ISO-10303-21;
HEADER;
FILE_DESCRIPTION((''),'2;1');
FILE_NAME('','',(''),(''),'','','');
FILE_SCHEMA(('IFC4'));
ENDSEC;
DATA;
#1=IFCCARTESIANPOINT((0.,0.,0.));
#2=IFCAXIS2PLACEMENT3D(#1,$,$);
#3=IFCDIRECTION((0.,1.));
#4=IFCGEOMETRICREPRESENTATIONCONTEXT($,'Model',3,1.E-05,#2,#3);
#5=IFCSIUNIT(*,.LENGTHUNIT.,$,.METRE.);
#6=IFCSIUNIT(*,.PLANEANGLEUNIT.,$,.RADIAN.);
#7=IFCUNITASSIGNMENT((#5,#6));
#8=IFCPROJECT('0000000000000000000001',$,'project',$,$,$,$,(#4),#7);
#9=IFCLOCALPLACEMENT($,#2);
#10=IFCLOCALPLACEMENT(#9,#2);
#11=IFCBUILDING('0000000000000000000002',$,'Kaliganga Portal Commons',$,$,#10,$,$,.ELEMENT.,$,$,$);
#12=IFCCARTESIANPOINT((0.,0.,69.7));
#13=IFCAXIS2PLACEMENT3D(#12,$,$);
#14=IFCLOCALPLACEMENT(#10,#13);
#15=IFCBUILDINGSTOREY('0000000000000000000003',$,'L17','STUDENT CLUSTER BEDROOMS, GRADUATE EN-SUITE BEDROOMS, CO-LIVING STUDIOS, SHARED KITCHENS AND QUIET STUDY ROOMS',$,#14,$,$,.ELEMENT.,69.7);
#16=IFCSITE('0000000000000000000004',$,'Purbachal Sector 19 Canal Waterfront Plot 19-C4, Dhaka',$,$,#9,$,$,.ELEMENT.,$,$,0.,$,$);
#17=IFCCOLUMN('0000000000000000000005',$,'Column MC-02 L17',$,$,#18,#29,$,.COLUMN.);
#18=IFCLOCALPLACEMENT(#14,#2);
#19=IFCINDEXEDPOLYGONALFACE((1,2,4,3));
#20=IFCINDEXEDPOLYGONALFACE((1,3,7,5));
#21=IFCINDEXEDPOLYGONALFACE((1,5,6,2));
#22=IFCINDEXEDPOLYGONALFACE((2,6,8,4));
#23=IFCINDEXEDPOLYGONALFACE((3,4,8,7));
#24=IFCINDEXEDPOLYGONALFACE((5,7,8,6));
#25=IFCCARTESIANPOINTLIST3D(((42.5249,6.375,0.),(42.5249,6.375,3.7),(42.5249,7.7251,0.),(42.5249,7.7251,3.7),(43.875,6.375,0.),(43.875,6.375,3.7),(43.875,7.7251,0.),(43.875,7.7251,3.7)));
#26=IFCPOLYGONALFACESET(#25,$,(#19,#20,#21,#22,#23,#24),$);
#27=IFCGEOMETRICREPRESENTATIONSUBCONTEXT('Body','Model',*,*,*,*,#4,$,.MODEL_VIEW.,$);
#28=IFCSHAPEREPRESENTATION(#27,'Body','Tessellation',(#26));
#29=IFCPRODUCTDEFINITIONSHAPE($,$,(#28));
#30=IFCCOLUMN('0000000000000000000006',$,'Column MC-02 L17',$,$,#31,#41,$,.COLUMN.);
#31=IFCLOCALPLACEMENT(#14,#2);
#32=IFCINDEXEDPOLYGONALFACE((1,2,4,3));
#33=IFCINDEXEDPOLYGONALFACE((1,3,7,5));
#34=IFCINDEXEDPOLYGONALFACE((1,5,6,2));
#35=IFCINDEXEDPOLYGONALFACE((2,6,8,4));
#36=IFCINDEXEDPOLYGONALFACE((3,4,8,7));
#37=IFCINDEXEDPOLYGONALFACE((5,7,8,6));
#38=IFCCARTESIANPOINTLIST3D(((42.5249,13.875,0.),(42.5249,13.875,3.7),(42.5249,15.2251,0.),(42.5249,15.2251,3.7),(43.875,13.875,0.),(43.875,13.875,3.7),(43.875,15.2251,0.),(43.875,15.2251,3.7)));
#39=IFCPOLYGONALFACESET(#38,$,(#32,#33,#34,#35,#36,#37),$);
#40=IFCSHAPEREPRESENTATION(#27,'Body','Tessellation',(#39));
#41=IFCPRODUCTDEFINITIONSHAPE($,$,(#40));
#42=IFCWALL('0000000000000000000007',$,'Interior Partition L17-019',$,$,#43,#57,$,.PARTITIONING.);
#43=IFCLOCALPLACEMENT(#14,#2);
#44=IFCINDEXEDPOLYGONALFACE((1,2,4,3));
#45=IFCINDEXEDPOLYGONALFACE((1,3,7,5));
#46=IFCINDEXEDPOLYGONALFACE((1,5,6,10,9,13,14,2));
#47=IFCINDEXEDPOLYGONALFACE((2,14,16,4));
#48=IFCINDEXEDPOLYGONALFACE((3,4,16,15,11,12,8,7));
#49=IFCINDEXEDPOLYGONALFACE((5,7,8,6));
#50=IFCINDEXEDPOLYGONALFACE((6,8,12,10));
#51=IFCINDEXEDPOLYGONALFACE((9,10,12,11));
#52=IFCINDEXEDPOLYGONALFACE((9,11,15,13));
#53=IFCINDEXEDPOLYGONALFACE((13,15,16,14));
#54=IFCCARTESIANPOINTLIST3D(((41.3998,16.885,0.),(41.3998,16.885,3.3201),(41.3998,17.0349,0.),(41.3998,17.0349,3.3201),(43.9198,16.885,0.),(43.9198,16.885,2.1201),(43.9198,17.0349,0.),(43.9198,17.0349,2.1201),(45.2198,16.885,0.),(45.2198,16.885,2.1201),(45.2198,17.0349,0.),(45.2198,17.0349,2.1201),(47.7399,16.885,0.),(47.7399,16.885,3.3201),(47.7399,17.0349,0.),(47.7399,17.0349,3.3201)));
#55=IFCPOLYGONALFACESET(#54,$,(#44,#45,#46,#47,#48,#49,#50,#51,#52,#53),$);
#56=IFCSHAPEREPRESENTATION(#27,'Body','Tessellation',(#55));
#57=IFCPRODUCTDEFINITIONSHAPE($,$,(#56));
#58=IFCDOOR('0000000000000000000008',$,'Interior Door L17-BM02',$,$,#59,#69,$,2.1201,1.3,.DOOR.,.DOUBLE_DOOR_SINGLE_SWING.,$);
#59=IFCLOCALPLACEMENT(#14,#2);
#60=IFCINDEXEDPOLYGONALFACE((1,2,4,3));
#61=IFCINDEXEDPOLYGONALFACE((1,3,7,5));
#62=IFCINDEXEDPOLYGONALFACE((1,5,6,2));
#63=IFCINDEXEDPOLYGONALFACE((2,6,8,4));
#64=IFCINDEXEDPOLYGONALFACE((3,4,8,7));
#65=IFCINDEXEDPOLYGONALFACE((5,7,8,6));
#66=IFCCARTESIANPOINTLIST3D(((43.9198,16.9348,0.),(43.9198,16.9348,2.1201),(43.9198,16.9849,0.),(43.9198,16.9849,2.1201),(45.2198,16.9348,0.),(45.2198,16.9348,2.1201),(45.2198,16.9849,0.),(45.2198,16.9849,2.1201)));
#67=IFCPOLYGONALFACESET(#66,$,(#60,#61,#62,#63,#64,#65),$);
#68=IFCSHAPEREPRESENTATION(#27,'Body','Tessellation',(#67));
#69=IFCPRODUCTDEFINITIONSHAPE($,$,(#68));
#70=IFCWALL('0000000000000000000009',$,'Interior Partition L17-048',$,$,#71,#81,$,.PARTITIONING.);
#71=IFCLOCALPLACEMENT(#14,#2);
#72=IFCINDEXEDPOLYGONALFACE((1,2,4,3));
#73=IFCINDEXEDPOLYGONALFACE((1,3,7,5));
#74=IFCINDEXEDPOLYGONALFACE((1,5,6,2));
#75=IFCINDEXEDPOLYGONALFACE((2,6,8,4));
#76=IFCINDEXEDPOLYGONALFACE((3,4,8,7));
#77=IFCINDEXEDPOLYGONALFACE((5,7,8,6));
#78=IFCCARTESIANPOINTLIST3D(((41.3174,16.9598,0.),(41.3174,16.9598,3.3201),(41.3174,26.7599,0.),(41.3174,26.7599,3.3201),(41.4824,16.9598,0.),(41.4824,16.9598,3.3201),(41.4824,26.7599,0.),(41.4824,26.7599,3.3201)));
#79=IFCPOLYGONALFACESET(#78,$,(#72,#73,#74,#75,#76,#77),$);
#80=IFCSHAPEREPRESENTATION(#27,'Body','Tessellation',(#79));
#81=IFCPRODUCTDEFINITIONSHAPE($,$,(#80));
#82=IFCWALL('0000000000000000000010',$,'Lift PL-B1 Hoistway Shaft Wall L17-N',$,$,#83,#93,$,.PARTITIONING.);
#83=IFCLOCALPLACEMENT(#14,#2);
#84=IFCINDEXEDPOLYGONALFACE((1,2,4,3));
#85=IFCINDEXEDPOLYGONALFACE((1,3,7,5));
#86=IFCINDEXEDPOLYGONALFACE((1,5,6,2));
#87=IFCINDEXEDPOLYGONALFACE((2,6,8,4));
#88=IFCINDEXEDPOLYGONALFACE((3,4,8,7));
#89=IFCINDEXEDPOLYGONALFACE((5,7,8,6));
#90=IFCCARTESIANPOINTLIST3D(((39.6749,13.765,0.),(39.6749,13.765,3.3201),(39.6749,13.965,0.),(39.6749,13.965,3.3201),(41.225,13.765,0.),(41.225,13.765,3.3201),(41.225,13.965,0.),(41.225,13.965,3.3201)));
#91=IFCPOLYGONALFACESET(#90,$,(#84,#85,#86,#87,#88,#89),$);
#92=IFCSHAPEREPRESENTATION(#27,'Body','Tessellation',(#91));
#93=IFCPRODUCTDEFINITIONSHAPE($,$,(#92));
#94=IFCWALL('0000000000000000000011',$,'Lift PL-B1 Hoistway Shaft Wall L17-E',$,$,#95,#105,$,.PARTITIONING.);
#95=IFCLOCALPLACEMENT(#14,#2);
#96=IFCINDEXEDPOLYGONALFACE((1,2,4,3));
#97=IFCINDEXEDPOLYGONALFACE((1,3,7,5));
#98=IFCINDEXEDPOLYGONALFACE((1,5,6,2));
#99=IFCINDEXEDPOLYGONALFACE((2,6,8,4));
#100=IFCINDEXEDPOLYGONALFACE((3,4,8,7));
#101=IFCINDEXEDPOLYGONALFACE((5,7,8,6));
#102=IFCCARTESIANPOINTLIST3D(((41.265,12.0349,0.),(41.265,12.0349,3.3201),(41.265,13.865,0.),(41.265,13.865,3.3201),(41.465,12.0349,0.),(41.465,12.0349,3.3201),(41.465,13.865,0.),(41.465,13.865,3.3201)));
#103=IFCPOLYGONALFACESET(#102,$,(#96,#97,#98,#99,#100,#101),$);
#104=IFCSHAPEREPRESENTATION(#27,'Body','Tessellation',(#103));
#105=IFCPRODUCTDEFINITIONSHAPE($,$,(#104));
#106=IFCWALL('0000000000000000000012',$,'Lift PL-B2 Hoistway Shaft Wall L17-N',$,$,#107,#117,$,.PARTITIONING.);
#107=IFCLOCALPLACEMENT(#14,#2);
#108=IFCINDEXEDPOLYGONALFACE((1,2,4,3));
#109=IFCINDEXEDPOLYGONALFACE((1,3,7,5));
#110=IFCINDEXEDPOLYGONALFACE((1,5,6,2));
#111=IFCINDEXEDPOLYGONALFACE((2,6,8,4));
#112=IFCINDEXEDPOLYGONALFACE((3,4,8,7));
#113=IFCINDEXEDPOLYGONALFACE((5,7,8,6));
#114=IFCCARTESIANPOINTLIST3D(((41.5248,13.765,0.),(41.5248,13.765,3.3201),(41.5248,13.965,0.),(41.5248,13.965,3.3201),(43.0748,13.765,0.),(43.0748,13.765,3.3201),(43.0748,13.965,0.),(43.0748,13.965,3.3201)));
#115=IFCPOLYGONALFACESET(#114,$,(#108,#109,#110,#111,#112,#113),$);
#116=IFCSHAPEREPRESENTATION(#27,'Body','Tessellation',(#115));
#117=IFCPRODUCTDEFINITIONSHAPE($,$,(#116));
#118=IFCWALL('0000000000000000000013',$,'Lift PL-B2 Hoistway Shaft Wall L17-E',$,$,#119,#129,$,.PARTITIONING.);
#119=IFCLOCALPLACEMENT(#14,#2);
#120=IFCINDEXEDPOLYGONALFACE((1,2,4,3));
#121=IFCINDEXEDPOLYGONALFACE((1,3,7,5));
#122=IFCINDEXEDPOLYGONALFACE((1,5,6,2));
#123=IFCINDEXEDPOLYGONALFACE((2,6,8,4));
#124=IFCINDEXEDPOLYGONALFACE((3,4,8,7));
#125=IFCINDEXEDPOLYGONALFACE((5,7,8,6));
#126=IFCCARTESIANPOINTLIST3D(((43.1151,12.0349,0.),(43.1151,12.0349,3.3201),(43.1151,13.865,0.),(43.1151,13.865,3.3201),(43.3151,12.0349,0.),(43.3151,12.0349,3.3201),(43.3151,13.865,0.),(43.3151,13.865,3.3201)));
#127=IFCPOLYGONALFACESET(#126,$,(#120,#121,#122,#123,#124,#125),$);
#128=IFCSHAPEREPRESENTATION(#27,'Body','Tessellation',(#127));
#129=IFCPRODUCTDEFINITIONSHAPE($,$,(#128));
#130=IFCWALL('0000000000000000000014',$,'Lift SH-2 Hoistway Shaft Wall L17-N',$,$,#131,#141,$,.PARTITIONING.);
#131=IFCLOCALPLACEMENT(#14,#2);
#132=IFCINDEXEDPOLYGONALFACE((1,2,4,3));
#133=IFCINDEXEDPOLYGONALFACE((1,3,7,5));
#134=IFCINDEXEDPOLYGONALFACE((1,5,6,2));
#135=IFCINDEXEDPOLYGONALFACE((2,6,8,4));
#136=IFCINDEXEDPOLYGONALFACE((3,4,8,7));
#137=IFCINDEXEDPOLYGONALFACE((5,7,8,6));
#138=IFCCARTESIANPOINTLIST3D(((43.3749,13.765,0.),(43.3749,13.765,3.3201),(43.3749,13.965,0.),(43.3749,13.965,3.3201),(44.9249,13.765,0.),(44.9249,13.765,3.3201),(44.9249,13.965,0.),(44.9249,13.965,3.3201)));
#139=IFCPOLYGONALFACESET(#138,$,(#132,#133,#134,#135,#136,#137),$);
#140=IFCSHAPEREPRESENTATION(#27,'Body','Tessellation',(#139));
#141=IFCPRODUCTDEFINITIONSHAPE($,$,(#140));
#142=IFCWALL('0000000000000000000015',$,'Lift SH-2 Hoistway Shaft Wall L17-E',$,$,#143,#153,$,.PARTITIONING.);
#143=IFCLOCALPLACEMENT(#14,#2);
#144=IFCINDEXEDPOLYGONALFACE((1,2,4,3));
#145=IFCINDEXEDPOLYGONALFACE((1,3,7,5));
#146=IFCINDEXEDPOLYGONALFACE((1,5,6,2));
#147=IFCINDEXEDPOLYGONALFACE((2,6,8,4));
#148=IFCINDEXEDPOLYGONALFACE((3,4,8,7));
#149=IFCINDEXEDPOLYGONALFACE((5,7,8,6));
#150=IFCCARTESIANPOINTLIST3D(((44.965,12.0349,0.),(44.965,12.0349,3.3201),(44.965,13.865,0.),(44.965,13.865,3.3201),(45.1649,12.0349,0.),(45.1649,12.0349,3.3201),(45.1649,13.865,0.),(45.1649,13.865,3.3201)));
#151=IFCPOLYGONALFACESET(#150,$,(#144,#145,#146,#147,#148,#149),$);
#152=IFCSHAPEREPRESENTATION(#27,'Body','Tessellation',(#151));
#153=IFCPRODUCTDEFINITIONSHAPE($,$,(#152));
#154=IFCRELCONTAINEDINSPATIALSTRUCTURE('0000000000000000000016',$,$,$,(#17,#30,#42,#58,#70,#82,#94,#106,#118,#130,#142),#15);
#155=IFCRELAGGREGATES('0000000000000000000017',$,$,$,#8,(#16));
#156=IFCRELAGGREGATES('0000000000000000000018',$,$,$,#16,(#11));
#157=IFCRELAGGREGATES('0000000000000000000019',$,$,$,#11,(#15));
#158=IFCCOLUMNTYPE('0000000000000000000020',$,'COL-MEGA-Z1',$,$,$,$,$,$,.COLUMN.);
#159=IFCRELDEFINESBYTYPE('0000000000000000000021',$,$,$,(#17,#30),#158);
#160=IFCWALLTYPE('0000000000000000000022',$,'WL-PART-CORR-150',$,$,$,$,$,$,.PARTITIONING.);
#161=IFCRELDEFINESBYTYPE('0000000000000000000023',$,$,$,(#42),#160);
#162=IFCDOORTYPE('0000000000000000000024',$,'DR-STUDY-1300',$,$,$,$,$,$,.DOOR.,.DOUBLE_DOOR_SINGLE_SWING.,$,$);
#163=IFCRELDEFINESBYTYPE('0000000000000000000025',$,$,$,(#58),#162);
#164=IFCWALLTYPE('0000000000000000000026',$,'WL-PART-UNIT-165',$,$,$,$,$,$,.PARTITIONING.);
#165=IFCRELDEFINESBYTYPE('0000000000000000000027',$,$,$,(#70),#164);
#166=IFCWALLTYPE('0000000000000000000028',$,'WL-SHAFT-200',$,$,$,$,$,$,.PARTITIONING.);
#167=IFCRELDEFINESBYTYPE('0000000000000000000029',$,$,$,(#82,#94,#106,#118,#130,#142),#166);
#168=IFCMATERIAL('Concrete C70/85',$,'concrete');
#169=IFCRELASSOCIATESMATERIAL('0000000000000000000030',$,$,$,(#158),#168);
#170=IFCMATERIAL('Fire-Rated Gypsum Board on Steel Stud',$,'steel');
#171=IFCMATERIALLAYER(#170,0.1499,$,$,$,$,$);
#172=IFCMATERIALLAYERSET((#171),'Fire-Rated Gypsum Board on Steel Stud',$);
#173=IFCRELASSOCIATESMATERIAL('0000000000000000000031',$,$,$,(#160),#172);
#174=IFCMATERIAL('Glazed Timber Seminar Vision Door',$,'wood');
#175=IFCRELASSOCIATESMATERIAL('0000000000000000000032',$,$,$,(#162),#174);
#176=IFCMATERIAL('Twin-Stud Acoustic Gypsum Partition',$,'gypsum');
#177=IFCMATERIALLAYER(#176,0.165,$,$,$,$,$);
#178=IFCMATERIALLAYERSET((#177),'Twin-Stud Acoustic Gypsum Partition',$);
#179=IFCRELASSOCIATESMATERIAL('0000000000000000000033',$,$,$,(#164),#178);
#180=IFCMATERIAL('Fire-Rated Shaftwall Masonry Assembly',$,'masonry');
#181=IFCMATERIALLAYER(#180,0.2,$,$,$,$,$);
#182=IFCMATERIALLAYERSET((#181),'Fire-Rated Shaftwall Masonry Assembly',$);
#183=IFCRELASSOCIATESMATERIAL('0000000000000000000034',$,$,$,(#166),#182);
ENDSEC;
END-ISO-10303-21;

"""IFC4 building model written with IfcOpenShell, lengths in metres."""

from ifc_helpers import new_model, si_unit, direction, frame, frame_2d, origin, origin_2d, place, context, subcontext, project, spatial, rectangle, extrude, source, transform, mapped, material, layer, layer_set, material_profile, profile_set, type_object, element, fill, save


model = new_model("IFC4")

# Units and contexts
model_context = context("Model", 3, precision=1e-05, world=origin(), true_north=direction((0.0, 1.0)))
body_context = subcontext(model_context, "Body", "Model", "MODEL_VIEW")
ifc_project = project(units=[si_unit("LENGTHUNIT", "METRE"), si_unit("PLANEANGLEUNIT", "RADIAN")], contexts=[model_context])

# Site, building, storey
site_placement = place(None, origin())
site = spatial("IfcSite", under=ifc_project, at=site_placement, Name="Purbachal Sector 19 Canal Waterfront Plot 19-C4, Dhaka", CompositionType="ELEMENT", RefElevation=0.0)
building_placement = place(site_placement, origin())
building = spatial("IfcBuilding", under=site, at=building_placement, Name="Kaliganga Portal Commons", CompositionType="ELEMENT")
storey_placement = place(building_placement, frame((0.0, 0.0, 69.7)))
storey = spatial("IfcBuildingStorey", under=building, at=storey_placement, Name="L17", Description="STUDENT CLUSTER BEDROOMS, GRADUATE EN-SUITE BEDROOMS, CO-LIVING STUDIOS, SHARED KITCHENS AND QUIET STUDY ROOMS", CompositionType="ELEMENT", Elevation=69.7)

# Columns
ifc_material_1 = material(Name="Concrete C70/85", Category="concrete")
ifc_material_profile = material_profile(ifc_material_1, rectangle(XDim=1.3501, YDim=1.3501, at=origin_2d()), Name="RC 1350x1350")
ifc_profile_set = profile_set([ifc_material_profile], Name="Concrete C70/85")
column_type = type_object("IfcColumnType", Name="COL-MEGA-Z1", PredefinedType="COLUMN", material=ifc_profile_set)
shared_shape_1 = source(origin(), body_context, "Body", "SweptSolid", [
    extrude(rectangle(XDim=1.3501, YDim=1.3501, at=origin_2d()), origin(), (0.0, 0.0, 1.0), 3.7),
])
for number, where, z_axis, x_axis, name in (
    (1, (43.2, 7.05, 0.0), (0.0, 0.0, 1.0), (1.0, 0.0, 0.0), "Column MC-02 L17"),
    (2, (43.2, 14.55, 0.0), (0.0, 0.0, 1.0), (1.0, 0.0, 0.0), "Column MC-02 L17"),
):
    element("IfcColumn", number, at=place(storey_placement, frame(where, z_axis=z_axis, x_axis=x_axis)), inside=storey, type_object=column_type, Name=name, PredefinedType="COLUMN", context=body_context, shape_type="MappedRepresentation", body=[
        mapped(shared_shape_1, transform((0.0, 0.0, 0.0), x_axis=(1.0, 0.0, 0.0), y_axis=(0.0, 1.0, 0.0), z_axis=(0.0, 0.0, 1.0), scale=1.0)),
    ])

# Wall, opening, door
ifc_material_2 = material(Name="Fire-Rated Gypsum Board on Steel Stud", Category="steel")
ifc_layer_1 = layer(ifc_material_2, 0.1499)
ifc_layer_set_1 = layer_set([ifc_layer_1], Name="Fire-Rated Gypsum Board on Steel Stud")
wall_type_1 = type_object("IfcWallType", Name="WL-PART-CORR-150", PredefinedType="PARTITIONING", material=ifc_layer_set_1)
wall_1_placement = place(storey_placement, frame((41.3999, 16.96, 0.0), z_axis=(0.0, 0.0, 1.0), x_axis=(1.0, 0.0, 0.0)))
wall_1 = element("IfcWall", 3, at=wall_1_placement, inside=storey, type_object=wall_type_1, Name="Interior Partition L17-019", PredefinedType="PARTITIONING", context=body_context, shape_type="SweptSolid", body=[
    extrude(rectangle(XDim=6.3401, YDim=0.1499, at=frame_2d((3.1699, 0.0))), origin(), (0.0, 0.0, 1.0), 3.3201),
])
opening_1_placement = place(wall_1_placement, frame((2.52, 0.0, 0.0)))
opening_1 = element("IfcOpeningElement", 4, at=opening_1_placement, cuts=wall_1, PredefinedType="OPENING", context=body_context, shape_type="SweptSolid", body=[
    extrude(rectangle(XDim=1.3, YDim=2.1201, at=frame_2d((0.6499, 1.0601))), frame((0.0, 0.085, 0.0), z_axis=(0.0, -1.0, 0.0), x_axis=(1.0, 0.0, 0.0)), (0.0, 0.0, 1.0), 0.1699),
])
ifc_material_3 = material(Name="Glazed Timber Seminar Vision Door", Category="wood")
door_type_1 = type_object("IfcDoorType", Name="DR-STUDY-1300", OperationType="DOUBLE_DOOR_SINGLE_SWING", PredefinedType="DOOR", material=ifc_material_3)
door_1_placement = place(opening_1_placement, origin())
door_1 = element("IfcDoor", 5, at=door_1_placement, inside=storey, type_object=door_type_1, Name="Interior Door L17-BM02", OperationType="DOUBLE_DOOR_SINGLE_SWING", OverallHeight=2.1201, OverallWidth=1.3, PredefinedType="DOOR", context=body_context, shape_type="SweptSolid", body=[
    extrude(rectangle(XDim=1.3, YDim=2.1201, at=frame_2d((0.6499, 1.0601))), frame((0.0, 0.0249, 0.0), z_axis=(0.0, -1.0, 0.0), x_axis=(1.0, 0.0, 0.0)), (0.0, 0.0, 1.0), 0.05),
])
fill(opening_1, door_1)

# Wall
ifc_material_4 = material(Name="Twin-Stud Acoustic Gypsum Partition", Category="gypsum")
ifc_layer_2 = layer(ifc_material_4, 0.165)
ifc_layer_set_2 = layer_set([ifc_layer_2], Name="Twin-Stud Acoustic Gypsum Partition")
wall_type_2 = type_object("IfcWallType", Name="WL-PART-UNIT-165", PredefinedType="PARTITIONING", material=ifc_layer_set_2)
wall_2_placement = place(storey_placement, frame((41.3999, 16.96, 0.0), z_axis=(0.0, 0.0, 1.0), x_axis=(0.0, 1.0, 0.0)))
element("IfcWall", 6, at=wall_2_placement, inside=storey, type_object=wall_type_2, Name="Interior Partition L17-048", PredefinedType="PARTITIONING", context=body_context, shape_type="SweptSolid", body=[
    extrude(rectangle(XDim=9.8, YDim=0.165, at=frame_2d((4.8999, 0.0))), origin(), (0.0, 0.0, 1.0), 3.3201),
])

# Shared definitions
ifc_material_5 = material(Name="Fire-Rated Shaftwall Masonry Assembly", Category="masonry")
ifc_layer_3 = layer(ifc_material_5, 0.2)
ifc_layer_set_3 = layer_set([ifc_layer_3], Name="Fire-Rated Shaftwall Masonry Assembly")
wall_type_3 = type_object("IfcWallType", Name="WL-SHAFT-200", PredefinedType="PARTITIONING", material=ifc_layer_set_3)

# Walls
wall_3_placement = place(storey_placement, frame((39.675, 13.865, 0.0), z_axis=(0.0, 0.0, 1.0), x_axis=(1.0, 0.0, 0.0)))
element("IfcWall", 7, at=wall_3_placement, inside=storey, type_object=wall_type_3, Name="Lift PL-B1 Hoistway Shaft Wall L17-N", PredefinedType="PARTITIONING", context=body_context, shape_type="SweptSolid", body=[
    extrude(rectangle(XDim=1.55, YDim=0.2, at=frame_2d((0.7749, 0.0))), origin(), (0.0, 0.0, 1.0), 3.3201),
])
wall_4_placement = place(storey_placement, frame((41.365, 12.0349, 0.0), z_axis=(0.0, 0.0, 1.0), x_axis=(0.0, 1.0, 0.0)))
element("IfcWall", 8, at=wall_4_placement, inside=storey, type_object=wall_type_3, Name="Lift PL-B1 Hoistway Shaft Wall L17-E", PredefinedType="PARTITIONING", context=body_context, shape_type="SweptSolid", body=[
    extrude(rectangle(XDim=1.8301, YDim=0.2, at=frame_2d((0.915, 0.0))), origin(), (0.0, 0.0, 1.0), 3.3201),
])

# Walls
wall_5_placement = place(storey_placement, frame((41.5249, 13.865, 0.0), z_axis=(0.0, 0.0, 1.0), x_axis=(1.0, 0.0, 0.0)))
element("IfcWall", 9, at=wall_5_placement, inside=storey, type_object=wall_type_3, Name="Lift PL-B2 Hoistway Shaft Wall L17-N", PredefinedType="PARTITIONING", context=body_context, shape_type="SweptSolid", body=[
    extrude(rectangle(XDim=1.55, YDim=0.2, at=frame_2d((0.7749, 0.0))), origin(), (0.0, 0.0, 1.0), 3.3201),
])
wall_6_placement = place(storey_placement, frame((43.2151, 12.0349, 0.0), z_axis=(0.0, 0.0, 1.0), x_axis=(0.0, 1.0, 0.0)))
element("IfcWall", 10, at=wall_6_placement, inside=storey, type_object=wall_type_3, Name="Lift PL-B2 Hoistway Shaft Wall L17-E", PredefinedType="PARTITIONING", context=body_context, shape_type="SweptSolid", body=[
    extrude(rectangle(XDim=1.8301, YDim=0.2, at=frame_2d((0.915, 0.0))), origin(), (0.0, 0.0, 1.0), 3.3201),
])

# Walls
wall_7_placement = place(storey_placement, frame((43.375, 13.865, 0.0), z_axis=(0.0, 0.0, 1.0), x_axis=(1.0, 0.0, 0.0)))
element("IfcWall", 11, at=wall_7_placement, inside=storey, type_object=wall_type_3, Name="Lift SH-2 Hoistway Shaft Wall L17-N", PredefinedType="PARTITIONING", context=body_context, shape_type="SweptSolid", body=[
    extrude(rectangle(XDim=1.55, YDim=0.2, at=frame_2d((0.7749, 0.0))), origin(), (0.0, 0.0, 1.0), 3.3201),
])
wall_8_placement = place(storey_placement, frame((45.0649, 12.0349, 0.0), z_axis=(0.0, 0.0, 1.0), x_axis=(0.0, 1.0, 0.0)))
element("IfcWall", 12, at=wall_8_placement, inside=storey, type_object=wall_type_3, Name="Lift SH-2 Hoistway Shaft Wall L17-E", PredefinedType="PARTITIONING", context=body_context, shape_type="SweptSolid", body=[
    extrude(rectangle(XDim=1.8301, YDim=0.2, at=frame_2d((0.915, 0.0))), origin(), (0.0, 0.0, 1.0), 3.3201),
])

save(model, "model.ifc")
